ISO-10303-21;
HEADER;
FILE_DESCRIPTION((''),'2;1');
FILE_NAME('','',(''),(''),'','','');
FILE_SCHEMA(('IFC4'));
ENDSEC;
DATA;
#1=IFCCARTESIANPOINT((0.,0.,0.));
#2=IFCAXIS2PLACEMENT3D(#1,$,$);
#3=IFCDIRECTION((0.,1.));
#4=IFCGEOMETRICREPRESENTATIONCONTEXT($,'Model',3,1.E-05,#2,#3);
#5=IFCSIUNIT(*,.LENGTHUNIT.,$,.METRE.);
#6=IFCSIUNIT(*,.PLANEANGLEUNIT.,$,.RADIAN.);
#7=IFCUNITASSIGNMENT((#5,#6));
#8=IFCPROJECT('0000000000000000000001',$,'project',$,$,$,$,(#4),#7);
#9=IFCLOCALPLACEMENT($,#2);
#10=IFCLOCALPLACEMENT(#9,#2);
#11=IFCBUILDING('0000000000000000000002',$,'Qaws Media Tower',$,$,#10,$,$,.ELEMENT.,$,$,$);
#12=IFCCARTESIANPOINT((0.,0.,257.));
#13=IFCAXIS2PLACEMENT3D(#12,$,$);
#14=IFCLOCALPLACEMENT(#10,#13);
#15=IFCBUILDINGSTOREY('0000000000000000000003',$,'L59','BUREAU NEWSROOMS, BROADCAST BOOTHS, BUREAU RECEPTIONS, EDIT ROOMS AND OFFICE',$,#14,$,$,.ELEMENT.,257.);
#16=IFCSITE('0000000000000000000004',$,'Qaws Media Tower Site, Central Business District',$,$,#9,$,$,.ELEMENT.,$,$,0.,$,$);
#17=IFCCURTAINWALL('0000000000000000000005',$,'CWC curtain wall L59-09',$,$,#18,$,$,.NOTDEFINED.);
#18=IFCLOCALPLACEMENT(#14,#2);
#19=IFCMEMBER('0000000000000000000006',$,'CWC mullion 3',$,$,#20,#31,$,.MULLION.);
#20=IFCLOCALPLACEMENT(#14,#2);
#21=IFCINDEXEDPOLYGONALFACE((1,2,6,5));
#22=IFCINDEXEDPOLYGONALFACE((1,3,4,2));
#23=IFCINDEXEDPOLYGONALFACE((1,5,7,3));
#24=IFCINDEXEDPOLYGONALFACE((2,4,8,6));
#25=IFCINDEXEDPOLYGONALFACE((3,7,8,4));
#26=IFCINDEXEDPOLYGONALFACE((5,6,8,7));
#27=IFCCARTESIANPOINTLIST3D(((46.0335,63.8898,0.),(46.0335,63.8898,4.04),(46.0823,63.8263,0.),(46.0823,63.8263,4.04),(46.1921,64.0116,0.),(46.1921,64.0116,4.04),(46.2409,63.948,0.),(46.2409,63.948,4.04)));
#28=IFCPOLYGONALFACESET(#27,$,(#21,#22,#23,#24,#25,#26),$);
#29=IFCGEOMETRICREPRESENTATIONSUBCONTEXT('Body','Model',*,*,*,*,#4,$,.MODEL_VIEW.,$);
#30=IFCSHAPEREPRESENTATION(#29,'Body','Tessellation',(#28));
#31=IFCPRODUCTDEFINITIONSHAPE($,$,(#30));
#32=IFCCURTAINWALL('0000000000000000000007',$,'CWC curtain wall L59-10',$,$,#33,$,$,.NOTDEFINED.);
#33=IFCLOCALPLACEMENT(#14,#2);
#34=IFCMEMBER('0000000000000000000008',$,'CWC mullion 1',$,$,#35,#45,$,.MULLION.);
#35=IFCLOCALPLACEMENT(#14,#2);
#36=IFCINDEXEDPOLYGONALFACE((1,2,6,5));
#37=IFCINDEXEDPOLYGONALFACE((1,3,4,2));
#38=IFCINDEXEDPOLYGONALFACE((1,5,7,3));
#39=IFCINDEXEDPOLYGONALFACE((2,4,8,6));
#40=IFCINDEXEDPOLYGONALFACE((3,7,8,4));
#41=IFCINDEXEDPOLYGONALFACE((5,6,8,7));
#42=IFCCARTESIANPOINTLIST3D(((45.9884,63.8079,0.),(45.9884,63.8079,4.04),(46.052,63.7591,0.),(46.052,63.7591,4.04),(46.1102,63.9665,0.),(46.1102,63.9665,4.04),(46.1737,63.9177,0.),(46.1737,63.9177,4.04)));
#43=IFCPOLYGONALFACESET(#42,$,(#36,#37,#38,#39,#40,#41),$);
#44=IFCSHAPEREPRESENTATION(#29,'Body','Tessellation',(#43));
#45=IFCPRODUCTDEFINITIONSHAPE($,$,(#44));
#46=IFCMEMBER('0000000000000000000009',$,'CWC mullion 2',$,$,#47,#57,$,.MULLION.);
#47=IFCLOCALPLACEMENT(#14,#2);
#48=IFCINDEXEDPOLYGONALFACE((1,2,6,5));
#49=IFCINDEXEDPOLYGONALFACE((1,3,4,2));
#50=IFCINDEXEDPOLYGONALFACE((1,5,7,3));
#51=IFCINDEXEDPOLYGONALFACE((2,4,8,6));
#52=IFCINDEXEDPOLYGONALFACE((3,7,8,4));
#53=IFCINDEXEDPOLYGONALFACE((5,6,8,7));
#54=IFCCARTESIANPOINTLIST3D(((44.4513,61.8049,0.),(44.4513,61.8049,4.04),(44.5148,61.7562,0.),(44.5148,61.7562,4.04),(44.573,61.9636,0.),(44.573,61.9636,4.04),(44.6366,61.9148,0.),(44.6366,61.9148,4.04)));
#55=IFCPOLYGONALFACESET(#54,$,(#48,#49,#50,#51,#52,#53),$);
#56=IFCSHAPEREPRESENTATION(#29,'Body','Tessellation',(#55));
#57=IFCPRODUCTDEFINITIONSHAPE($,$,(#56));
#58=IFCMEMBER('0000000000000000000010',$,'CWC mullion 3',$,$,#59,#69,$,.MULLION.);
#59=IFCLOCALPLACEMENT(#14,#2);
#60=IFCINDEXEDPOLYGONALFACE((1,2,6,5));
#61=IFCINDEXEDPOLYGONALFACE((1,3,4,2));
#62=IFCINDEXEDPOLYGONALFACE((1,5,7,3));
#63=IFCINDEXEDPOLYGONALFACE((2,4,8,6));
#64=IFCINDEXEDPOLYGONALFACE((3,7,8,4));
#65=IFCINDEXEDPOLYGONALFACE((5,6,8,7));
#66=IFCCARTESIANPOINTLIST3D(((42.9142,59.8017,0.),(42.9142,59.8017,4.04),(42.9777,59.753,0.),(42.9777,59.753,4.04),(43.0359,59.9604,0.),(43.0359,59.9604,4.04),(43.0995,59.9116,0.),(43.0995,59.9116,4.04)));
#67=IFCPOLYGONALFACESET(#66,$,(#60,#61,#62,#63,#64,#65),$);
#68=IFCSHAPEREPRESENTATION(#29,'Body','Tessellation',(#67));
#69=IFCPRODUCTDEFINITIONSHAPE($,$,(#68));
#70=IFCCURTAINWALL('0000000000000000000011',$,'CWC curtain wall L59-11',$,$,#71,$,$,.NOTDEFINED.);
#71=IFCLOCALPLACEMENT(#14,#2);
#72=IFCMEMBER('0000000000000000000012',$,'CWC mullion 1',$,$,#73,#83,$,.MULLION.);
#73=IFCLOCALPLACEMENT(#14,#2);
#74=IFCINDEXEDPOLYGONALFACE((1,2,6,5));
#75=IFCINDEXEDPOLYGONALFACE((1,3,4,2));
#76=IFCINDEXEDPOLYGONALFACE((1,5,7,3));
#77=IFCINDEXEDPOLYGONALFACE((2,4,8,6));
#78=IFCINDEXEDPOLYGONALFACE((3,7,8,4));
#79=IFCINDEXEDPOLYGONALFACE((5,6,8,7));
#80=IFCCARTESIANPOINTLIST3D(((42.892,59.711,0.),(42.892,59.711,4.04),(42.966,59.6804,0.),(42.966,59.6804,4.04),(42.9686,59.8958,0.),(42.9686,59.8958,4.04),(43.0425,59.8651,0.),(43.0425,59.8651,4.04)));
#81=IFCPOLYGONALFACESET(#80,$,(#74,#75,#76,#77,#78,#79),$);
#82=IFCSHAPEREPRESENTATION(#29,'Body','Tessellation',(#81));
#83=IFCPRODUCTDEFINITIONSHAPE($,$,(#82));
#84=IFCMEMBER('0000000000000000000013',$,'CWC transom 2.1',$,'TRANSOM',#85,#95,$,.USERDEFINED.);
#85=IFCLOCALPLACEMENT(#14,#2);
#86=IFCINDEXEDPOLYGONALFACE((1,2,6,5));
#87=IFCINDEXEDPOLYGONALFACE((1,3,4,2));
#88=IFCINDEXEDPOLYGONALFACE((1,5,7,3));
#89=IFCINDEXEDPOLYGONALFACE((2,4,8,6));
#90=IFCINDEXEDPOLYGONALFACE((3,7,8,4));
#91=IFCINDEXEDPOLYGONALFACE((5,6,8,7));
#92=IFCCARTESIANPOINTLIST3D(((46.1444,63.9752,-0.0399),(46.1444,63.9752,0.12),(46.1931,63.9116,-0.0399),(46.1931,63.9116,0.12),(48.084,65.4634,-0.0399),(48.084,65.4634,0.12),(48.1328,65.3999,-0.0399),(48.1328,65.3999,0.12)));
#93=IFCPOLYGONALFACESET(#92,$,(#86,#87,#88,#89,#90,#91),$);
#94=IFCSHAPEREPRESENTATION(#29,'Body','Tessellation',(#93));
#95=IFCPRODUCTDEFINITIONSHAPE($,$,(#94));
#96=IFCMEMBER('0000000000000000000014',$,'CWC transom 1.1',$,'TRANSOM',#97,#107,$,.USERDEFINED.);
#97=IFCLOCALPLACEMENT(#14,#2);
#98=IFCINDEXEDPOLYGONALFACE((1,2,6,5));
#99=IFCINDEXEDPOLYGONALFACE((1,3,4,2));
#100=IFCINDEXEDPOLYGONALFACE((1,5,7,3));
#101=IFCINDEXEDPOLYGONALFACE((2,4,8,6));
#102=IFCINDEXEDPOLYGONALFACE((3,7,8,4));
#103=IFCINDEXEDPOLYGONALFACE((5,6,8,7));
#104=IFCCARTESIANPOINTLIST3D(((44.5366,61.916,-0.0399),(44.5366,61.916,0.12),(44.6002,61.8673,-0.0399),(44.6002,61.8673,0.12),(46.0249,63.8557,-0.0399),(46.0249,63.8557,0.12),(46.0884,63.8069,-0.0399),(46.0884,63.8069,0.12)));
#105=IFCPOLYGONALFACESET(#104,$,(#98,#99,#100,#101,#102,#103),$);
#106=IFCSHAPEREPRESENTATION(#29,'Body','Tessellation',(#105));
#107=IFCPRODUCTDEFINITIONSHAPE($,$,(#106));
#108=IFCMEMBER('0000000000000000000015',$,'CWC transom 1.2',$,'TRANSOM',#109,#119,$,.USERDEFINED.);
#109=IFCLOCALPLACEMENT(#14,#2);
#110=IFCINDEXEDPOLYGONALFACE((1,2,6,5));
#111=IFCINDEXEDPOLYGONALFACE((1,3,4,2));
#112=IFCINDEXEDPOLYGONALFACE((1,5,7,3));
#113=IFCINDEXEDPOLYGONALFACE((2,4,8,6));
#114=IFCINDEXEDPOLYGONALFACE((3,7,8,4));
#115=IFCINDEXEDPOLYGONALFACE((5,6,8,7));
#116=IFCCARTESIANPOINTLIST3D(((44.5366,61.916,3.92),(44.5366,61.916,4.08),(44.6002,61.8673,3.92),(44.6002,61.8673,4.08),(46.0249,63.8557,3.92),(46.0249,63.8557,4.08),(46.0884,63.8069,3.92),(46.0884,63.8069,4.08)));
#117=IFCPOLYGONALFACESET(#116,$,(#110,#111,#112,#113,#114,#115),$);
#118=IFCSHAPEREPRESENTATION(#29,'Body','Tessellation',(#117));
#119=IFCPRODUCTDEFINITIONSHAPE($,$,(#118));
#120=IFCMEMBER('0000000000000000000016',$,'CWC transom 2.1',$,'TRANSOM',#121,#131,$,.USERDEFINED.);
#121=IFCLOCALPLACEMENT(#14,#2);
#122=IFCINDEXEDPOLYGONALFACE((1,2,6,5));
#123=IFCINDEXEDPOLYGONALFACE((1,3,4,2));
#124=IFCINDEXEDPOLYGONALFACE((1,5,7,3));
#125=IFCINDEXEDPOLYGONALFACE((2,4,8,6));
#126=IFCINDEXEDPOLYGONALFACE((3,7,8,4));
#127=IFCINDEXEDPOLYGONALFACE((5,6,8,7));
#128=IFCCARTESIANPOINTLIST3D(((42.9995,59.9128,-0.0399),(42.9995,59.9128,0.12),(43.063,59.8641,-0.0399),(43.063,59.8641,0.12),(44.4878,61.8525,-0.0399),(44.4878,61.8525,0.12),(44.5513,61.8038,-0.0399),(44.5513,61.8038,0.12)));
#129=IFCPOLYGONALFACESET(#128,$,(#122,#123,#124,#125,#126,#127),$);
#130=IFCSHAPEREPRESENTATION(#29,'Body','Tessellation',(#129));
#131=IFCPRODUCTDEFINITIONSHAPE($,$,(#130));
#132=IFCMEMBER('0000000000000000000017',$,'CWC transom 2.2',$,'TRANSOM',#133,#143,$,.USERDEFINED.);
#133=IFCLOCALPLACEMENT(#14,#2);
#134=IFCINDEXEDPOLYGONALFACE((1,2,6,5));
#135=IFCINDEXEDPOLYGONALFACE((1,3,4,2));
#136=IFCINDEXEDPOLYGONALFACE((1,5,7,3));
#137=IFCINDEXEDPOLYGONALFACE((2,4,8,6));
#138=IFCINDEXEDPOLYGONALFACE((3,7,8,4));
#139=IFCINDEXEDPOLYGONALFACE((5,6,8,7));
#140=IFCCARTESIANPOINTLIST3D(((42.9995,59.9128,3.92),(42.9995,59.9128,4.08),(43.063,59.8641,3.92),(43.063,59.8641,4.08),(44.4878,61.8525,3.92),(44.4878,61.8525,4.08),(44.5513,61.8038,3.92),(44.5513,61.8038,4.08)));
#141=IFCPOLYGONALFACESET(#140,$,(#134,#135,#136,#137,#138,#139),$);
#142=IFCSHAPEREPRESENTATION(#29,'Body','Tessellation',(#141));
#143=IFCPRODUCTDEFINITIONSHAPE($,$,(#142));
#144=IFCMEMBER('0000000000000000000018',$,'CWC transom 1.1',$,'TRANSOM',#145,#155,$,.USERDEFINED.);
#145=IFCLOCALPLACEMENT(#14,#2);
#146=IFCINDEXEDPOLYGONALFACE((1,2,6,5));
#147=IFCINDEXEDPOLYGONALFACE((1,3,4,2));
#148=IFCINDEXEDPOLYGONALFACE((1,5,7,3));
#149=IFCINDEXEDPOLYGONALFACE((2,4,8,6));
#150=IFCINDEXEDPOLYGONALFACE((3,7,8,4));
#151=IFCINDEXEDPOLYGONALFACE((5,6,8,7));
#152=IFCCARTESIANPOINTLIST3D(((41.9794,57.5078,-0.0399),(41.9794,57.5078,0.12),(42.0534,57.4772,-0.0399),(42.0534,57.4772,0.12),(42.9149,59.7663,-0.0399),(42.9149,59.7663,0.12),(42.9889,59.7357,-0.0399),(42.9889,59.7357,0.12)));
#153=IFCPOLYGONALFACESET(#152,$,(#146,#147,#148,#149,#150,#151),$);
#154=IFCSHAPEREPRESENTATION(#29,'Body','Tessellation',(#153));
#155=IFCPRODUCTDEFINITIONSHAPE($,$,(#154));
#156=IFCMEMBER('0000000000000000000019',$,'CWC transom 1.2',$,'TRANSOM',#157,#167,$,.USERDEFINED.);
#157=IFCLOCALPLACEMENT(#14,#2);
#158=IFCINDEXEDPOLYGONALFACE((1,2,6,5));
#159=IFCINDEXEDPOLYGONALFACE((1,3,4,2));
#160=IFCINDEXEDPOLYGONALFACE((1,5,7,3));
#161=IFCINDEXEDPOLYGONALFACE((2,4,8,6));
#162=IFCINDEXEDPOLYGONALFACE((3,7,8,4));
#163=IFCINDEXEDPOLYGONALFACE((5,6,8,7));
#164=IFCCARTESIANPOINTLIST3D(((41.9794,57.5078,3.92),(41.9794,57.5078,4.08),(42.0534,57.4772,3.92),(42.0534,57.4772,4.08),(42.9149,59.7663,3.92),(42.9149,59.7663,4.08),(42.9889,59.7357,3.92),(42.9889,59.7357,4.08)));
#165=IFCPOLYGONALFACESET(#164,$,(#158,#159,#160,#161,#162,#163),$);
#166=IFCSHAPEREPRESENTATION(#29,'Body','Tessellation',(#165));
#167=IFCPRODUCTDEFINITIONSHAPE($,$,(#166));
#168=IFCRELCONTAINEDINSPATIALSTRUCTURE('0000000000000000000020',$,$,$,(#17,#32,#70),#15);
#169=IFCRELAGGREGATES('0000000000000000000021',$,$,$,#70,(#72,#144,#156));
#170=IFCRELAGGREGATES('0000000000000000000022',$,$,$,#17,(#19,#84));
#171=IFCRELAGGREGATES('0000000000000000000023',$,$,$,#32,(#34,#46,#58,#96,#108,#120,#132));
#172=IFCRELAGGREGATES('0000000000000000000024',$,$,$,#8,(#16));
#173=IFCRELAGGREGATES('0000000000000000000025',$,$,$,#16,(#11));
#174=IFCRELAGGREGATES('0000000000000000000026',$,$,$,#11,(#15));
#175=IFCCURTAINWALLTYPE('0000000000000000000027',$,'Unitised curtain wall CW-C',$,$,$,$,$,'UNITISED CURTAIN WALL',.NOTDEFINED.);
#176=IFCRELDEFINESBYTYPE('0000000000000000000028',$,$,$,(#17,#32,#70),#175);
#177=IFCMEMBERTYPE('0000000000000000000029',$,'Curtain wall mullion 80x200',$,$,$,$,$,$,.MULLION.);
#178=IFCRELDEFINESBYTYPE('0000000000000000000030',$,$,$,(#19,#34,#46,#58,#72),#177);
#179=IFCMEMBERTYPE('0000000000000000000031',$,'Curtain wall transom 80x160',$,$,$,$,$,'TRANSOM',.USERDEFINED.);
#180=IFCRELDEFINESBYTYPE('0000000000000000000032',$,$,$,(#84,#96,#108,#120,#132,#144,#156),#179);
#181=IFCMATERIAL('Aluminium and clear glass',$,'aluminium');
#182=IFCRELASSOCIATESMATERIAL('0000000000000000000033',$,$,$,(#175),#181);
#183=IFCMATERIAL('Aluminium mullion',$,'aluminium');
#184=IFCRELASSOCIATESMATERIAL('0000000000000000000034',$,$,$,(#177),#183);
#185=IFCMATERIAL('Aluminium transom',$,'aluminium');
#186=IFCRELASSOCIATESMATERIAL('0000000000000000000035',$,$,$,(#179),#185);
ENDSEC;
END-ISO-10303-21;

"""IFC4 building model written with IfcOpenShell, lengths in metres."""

from ifc_helpers import new_model, si_unit, direction, frame, origin, origin_2d, place, context, subcontext, project, spatial, rectangle, extrude, material, material_profile, profile_set, type_object, element, aggregate, save


model = new_model("IFC4")

# Units and contexts
model_context = context("Model", 3, precision=1e-05, world=origin(), true_north=direction((0.0, 1.0)))
body_context = subcontext(model_context, "Body", "Model", "MODEL_VIEW")
ifc_project = project(units=[si_unit("LENGTHUNIT", "METRE"), si_unit("PLANEANGLEUNIT", "RADIAN")], contexts=[model_context])

# Site, building, storey
site_placement = place(None, origin())
site = spatial("IfcSite", under=ifc_project, at=site_placement, Name="Qaws Media Tower Site, Central Business District", CompositionType="ELEMENT", RefElevation=0.0)
building_placement = place(site_placement, origin())
building = spatial("IfcBuilding", under=site, at=building_placement, Name="Qaws Media Tower", CompositionType="ELEMENT")
storey_placement = place(building_placement, frame((0.0, 0.0, 257.0)))
storey = spatial("IfcBuildingStorey", under=building, at=storey_placement, Name="L59", Description="BUREAU NEWSROOMS, BROADCAST BOOTHS, BUREAU RECEPTIONS, EDIT ROOMS AND OFFICE", CompositionType="ELEMENT", Elevation=257.0)

# Curtain wall, member
ifc_material_1 = material(Name="Aluminium and clear glass", Category="aluminium")
curtain_wall_type = type_object("IfcCurtainWallType", Name="Unitised curtain wall CW-C", ElementType="UNITISED CURTAIN WALL", PredefinedType="NOTDEFINED", material=ifc_material_1)
curtain_wall_1_placement = place(storey_placement, origin())
curtain_wall_1 = element("IfcCurtainWall", 1, at=curtain_wall_1_placement, inside=storey, type_object=curtain_wall_type, Name="CWC curtain wall L59-09", PredefinedType="NOTDEFINED")
ifc_material_2 = material(Name="Aluminium mullion", Category="aluminium")
ifc_material_profile_1 = material_profile(ifc_material_2, rectangle(XDim=0.0801, YDim=0.2, at=origin_2d()), Name="80x200")
ifc_profile_set_1 = profile_set([ifc_material_profile_1], Name="Aluminium mullion")
member_type_1 = type_object("IfcMemberType", Name="Curtain wall mullion 80x200", PredefinedType="MULLION", material=ifc_profile_set_1)
member_1_placement = place(storey_placement, frame((46.1372, 63.9189, 0.0), z_axis=(0.0, 0.0, 1.0), x_axis=(0.608761, -0.793353, 0.0)))
member_1 = element("IfcMember", 2, at=member_1_placement, type_object=member_type_1, Name="CWC mullion 3", PredefinedType="MULLION", context=body_context, shape_type="SweptSolid", body=[
    extrude(rectangle(XDim=0.0801, YDim=0.2, at=origin_2d()), origin(), (0.0, 0.0, 1.0), 4.04),
])

# Curtain wall, members
curtain_wall_2_placement = place(storey_placement, origin())
curtain_wall_2 = element("IfcCurtainWall", 3, at=curtain_wall_2_placement, inside=storey, type_object=curtain_wall_type, Name="CWC curtain wall L59-10", PredefinedType="NOTDEFINED")
member_2_placement = place(storey_placement, frame((46.0811, 63.8628, 0.0), z_axis=(0.0, 0.0, 1.0), x_axis=(0.793353, -0.608761, 0.0)))
member_2 = element("IfcMember", 4, at=member_2_placement, type_object=member_type_1, Name="CWC mullion 1", PredefinedType="MULLION", context=body_context, shape_type="SweptSolid", body=[
    extrude(rectangle(XDim=0.0801, YDim=0.2, at=origin_2d()), origin(), (0.0, 0.0, 1.0), 4.04),
])
member_3_placement = place(storey_placement, frame((44.5439, 61.8599, 0.0), z_axis=(0.0, 0.0, 1.0), x_axis=(0.793353, -0.608761, 0.0)))
member_3 = element("IfcMember", 5, at=member_3_placement, type_object=member_type_1, Name="CWC mullion 2", PredefinedType="MULLION", context=body_context, shape_type="SweptSolid", body=[
    extrude(rectangle(XDim=0.0801, YDim=0.2, at=origin_2d()), origin(), (0.0, 0.0, 1.0), 4.04),
])
member_4_placement = place(storey_placement, frame((43.0068, 59.8567, 0.0), z_axis=(0.0, 0.0, 1.0), x_axis=(0.793353, -0.608761, 0.0)))
member_4 = element("IfcMember", 6, at=member_4_placement, type_object=member_type_1, Name="CWC mullion 3", PredefinedType="MULLION", context=body_context, shape_type="SweptSolid", body=[
    extrude(rectangle(XDim=0.0801, YDim=0.2, at=origin_2d()), origin(), (0.0, 0.0, 1.0), 4.04),
])

# Curtain wall, member
curtain_wall_3_placement = place(storey_placement, origin())
curtain_wall_3 = element("IfcCurtainWall", 7, at=curtain_wall_3_placement, inside=storey, type_object=curtain_wall_type, Name="CWC curtain wall L59-11", PredefinedType="NOTDEFINED")
member_5_placement = place(storey_placement, frame((42.9673, 59.7881, 0.0), z_axis=(0.0, 0.0, 1.0), x_axis=(0.92388, -0.382683, 0.0)))
member_5 = element("IfcMember", 8, at=member_5_placement, type_object=member_type_1, Name="CWC mullion 1", PredefinedType="MULLION", context=body_context, shape_type="SweptSolid", body=[
    extrude(rectangle(XDim=0.0801, YDim=0.2, at=origin_2d()), origin(), (0.0, 0.0, 1.0), 4.04),
])

# Members
ifc_material_3 = material(Name="Aluminium transom", Category="aluminium")
ifc_material_profile_2 = material_profile(ifc_material_3, rectangle(XDim=0.0801, YDim=0.1599, at=origin_2d()), Name="80x160")
ifc_profile_set_2 = profile_set([ifc_material_profile_2], Name="Aluminium transom")
member_type_2 = type_object("IfcMemberType", Name="Curtain wall transom 80x160", ElementType="TRANSOM", PredefinedType="USERDEFINED", material=ifc_profile_set_2)
member_6_placement = place(storey_placement, frame((48.1084, 65.4316, 0.04), z_axis=(-0.793373, -0.608735, 0.0), x_axis=(0.608735, -0.793373, 0.0)))
member_6 = element("IfcMember", 9, at=member_6_placement, type_object=member_type_2, Name="CWC transom 2.1", ObjectType="TRANSOM", PredefinedType="USERDEFINED", context=body_context, shape_type="SweptSolid", body=[
    extrude(rectangle(XDim=0.0801, YDim=0.1599, at=origin_2d()), origin(), (0.0, 0.0, 1.0), 2.4448),
])
member_7_placement = place(storey_placement, frame((46.0566, 63.8313, 0.04), z_axis=(-0.608735, -0.793373, 0.0), x_axis=(0.793373, -0.608735, 0.0)))
member_7 = element("IfcMember", 10, at=member_7_placement, type_object=member_type_2, Name="CWC transom 1.1", ObjectType="TRANSOM", PredefinedType="USERDEFINED", context=body_context, shape_type="SweptSolid", body=[
    extrude(rectangle(XDim=0.0801, YDim=0.1599, at=origin_2d()), origin(), (0.0, 0.0, 1.0), 2.4448),
])
member_8_placement = place(storey_placement, frame((46.0566, 63.8313, 4.0), z_axis=(-0.608735, -0.793373, 0.0), x_axis=(0.793373, -0.608735, 0.0)))
member_8 = element("IfcMember", 11, at=member_8_placement, type_object=member_type_2, Name="CWC transom 1.2", ObjectType="TRANSOM", PredefinedType="USERDEFINED", context=body_context, shape_type="SweptSolid", body=[
    extrude(rectangle(XDim=0.0801, YDim=0.1599, at=origin_2d()), origin(), (0.0, 0.0, 1.0), 2.4448),
])
member_9_placement = place(storey_placement, frame((44.5195, 61.8281, 0.04), z_axis=(-0.608735, -0.793373, 0.0), x_axis=(0.793373, -0.608735, 0.0)))
member_9 = element("IfcMember", 12, at=member_9_placement, type_object=member_type_2, Name="CWC transom 2.1", ObjectType="TRANSOM", PredefinedType="USERDEFINED", context=body_context, shape_type="SweptSolid", body=[
    extrude(rectangle(XDim=0.0801, YDim=0.1599, at=origin_2d()), origin(), (0.0, 0.0, 1.0), 2.4448),
])
member_10_placement = place(storey_placement, frame((44.5195, 61.8281, 4.0), z_axis=(-0.608735, -0.793373, 0.0), x_axis=(0.793373, -0.608735, 0.0)))
member_10 = element("IfcMember", 13, at=member_10_placement, type_object=member_type_2, Name="CWC transom 2.2", ObjectType="TRANSOM", PredefinedType="USERDEFINED", context=body_context, shape_type="SweptSolid", body=[
    extrude(rectangle(XDim=0.0801, YDim=0.1599, at=origin_2d()), origin(), (0.0, 0.0, 1.0), 2.4448),
])
member_11_placement = place(storey_placement, frame((42.9519, 59.751, 0.04), z_axis=(-0.382693, -0.923876, 0.0), x_axis=(0.923876, -0.382693, 0.0)))
member_11 = element("IfcMember", 14, at=member_11_placement, type_object=member_type_2, Name="CWC transom 1.1", ObjectType="TRANSOM", PredefinedType="USERDEFINED", context=body_context, shape_type="SweptSolid", body=[
    extrude(rectangle(XDim=0.0801, YDim=0.1599, at=origin_2d()), origin(), (0.0, 0.0, 1.0), 2.4446),
])
member_12_placement = place(storey_placement, frame((42.9519, 59.751, 4.0), z_axis=(-0.382693, -0.923876, 0.0), x_axis=(0.923876, -0.382693, 0.0)))
member_12 = element("IfcMember", 15, at=member_12_placement, type_object=member_type_2, Name="CWC transom 1.2", ObjectType="TRANSOM", PredefinedType="USERDEFINED", context=body_context, shape_type="SweptSolid", body=[
    extrude(rectangle(XDim=0.0801, YDim=0.1599, at=origin_2d()), origin(), (0.0, 0.0, 1.0), 2.4446),
])
aggregate(curtain_wall_3, [member_5, member_11, member_12])

aggregate(curtain_wall_1, [member_1, member_6])
aggregate(curtain_wall_2, [member_2, member_3, member_4, member_7, member_8, member_9, member_10])

save(model, "model.ifc")
